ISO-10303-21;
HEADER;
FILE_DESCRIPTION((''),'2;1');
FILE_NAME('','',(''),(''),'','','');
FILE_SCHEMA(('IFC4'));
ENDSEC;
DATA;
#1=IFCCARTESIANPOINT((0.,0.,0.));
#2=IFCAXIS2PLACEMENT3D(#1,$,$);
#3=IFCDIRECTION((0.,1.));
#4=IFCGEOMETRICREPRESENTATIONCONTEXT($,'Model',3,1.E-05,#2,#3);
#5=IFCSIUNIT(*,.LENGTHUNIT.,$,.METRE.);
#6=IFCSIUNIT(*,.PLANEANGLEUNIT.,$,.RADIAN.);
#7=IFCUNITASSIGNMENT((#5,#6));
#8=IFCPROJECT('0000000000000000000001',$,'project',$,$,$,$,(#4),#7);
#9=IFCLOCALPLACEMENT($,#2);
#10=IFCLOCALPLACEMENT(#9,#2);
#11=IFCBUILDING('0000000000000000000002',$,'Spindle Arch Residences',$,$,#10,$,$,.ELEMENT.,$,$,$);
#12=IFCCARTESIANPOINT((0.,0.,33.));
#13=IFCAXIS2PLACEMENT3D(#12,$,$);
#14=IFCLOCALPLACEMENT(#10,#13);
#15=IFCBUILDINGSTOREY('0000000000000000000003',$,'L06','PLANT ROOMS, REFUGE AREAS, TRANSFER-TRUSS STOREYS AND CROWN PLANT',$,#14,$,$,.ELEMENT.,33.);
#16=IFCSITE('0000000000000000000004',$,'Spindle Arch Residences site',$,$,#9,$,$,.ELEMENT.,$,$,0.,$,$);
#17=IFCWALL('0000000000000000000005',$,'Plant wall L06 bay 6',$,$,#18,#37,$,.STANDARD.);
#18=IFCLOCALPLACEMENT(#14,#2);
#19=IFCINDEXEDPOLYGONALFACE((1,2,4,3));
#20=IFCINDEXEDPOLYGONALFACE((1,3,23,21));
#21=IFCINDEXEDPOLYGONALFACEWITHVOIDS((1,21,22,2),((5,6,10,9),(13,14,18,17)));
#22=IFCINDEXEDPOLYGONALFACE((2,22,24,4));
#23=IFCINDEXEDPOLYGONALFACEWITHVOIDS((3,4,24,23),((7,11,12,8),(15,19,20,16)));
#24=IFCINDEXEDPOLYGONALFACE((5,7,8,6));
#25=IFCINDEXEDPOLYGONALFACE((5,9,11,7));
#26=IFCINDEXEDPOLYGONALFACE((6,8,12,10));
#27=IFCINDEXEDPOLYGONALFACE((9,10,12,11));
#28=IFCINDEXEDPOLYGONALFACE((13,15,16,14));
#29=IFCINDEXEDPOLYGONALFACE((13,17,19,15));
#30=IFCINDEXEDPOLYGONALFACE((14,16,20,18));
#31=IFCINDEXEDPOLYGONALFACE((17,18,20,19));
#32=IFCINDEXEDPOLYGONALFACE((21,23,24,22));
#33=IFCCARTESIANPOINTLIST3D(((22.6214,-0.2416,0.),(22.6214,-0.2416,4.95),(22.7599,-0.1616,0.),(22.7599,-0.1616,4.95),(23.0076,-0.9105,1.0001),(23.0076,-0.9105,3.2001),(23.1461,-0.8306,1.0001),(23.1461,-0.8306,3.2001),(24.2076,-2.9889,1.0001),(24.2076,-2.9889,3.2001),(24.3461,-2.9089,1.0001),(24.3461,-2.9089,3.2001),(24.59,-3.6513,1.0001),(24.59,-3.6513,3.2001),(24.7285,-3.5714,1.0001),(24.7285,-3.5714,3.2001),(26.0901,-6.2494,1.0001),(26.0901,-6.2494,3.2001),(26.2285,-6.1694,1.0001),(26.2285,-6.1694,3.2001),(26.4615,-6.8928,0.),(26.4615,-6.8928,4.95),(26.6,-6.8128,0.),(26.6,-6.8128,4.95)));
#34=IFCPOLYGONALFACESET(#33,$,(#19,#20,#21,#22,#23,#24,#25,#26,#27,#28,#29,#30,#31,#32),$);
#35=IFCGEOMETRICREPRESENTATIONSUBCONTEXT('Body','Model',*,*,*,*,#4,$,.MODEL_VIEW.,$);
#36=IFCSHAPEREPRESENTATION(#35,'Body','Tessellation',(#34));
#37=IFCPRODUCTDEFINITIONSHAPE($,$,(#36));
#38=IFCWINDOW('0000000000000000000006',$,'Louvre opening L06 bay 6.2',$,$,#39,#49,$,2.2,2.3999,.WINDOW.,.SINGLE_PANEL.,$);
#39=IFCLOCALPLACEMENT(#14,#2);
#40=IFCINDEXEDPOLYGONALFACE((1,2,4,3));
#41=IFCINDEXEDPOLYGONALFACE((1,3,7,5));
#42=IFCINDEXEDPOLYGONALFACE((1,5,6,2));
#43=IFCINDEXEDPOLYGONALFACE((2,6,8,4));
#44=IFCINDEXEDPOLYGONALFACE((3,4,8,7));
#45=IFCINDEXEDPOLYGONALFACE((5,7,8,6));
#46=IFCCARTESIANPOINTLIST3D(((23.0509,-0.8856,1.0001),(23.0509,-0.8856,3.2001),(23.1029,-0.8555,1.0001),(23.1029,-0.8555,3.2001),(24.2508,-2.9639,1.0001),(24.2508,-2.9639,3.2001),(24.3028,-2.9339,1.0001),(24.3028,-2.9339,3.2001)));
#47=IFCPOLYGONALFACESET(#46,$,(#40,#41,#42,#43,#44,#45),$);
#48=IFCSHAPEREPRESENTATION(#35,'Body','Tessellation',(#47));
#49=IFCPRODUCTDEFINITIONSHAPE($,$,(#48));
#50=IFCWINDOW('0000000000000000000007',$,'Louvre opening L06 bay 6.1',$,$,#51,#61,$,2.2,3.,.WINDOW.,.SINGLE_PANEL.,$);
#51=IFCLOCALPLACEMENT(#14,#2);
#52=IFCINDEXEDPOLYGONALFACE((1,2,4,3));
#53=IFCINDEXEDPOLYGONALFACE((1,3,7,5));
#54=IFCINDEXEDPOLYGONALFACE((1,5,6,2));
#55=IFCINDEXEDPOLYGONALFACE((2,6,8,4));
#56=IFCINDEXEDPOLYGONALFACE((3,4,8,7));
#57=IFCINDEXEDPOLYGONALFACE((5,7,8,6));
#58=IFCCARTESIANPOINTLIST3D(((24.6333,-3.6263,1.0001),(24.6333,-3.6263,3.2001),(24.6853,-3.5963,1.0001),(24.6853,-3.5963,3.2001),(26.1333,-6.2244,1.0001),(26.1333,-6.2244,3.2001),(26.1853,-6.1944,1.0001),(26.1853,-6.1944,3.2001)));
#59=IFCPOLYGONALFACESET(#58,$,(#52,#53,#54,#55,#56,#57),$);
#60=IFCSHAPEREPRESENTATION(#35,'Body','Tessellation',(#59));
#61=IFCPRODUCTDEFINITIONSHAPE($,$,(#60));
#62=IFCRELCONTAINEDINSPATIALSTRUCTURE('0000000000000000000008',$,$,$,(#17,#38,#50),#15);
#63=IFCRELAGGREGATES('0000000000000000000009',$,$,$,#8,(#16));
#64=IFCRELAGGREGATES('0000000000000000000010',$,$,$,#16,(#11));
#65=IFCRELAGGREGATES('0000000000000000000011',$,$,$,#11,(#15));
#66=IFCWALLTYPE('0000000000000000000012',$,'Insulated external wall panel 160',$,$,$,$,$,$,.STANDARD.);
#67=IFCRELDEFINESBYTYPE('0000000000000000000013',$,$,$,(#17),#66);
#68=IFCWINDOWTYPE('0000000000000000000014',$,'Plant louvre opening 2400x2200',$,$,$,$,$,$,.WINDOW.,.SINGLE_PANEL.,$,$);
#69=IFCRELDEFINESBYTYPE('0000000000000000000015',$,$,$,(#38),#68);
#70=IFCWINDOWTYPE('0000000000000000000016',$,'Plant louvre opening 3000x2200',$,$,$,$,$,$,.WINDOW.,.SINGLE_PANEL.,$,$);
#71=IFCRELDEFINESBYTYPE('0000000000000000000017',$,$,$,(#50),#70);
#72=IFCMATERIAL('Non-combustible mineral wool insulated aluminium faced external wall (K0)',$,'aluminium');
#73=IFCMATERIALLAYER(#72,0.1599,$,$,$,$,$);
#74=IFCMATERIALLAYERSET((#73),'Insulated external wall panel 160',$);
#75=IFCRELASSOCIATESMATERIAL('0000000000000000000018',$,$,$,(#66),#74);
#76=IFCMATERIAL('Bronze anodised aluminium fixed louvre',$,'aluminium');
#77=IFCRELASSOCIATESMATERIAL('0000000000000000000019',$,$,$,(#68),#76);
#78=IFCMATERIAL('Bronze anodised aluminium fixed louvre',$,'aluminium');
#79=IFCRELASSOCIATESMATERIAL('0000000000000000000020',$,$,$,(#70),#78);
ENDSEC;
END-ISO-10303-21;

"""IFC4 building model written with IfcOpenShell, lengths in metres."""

from ifc_helpers import new_model, si_unit, direction, frame, frame_2d, origin, place, context, subcontext, project, spatial, rectangle, extrude, material, layer, layer_set, type_object, element, fill, save


model = new_model("IFC4")

# Units and contexts
model_context = context("Model", 3, precision=1e-05, world=origin(), true_north=direction((0.0, 1.0)))
body_context = subcontext(model_context, "Body", "Model", "MODEL_VIEW")
ifc_project = project(units=[si_unit("LENGTHUNIT", "METRE"), si_unit("PLANEANGLEUNIT", "RADIAN")], contexts=[model_context])

# Site, building, storey
site_placement = place(None, origin())
site = spatial("IfcSite", under=ifc_project, at=site_placement, Name="Spindle Arch Residences site", CompositionType="ELEMENT", RefElevation=0.0)
building_placement = place(site_placement, origin())
building = spatial("IfcBuilding", under=site, at=building_placement, Name="Spindle Arch Residences", CompositionType="ELEMENT")
storey_placement = place(building_placement, frame((0.0, 0.0, 33.0)))
storey = spatial("IfcBuildingStorey", under=building, at=storey_placement, Name="L06", Description="PLANT ROOMS, REFUGE AREAS, TRANSFER-TRUSS STOREYS AND CROWN PLANT", CompositionType="ELEMENT", Elevation=33.0)

# Shared definitions
ifc_material_1 = material(Name="Non-combustible mineral wool insulated aluminium faced external wall (K0)", Category="aluminium")
ifc_layer = layer(ifc_material_1, 0.1599)
ifc_layer_set = layer_set([ifc_layer], Name="Insulated external wall panel 160")
wall_type = type_object("IfcWallType", Name="Insulated external wall panel 160", PredefinedType="STANDARD", material=ifc_layer_set)

# Wall, openings, windows
wall_1_placement = place(storey_placement, frame((26.5308, -6.8528, 0.0), z_axis=(0.0, 0.0, 1.0), x_axis=(-0.500006, 0.866022, 0.0)))
wall_1 = element("IfcWall", 1, at=wall_1_placement, inside=storey, type_object=wall_type, Name="Plant wall L06 bay 6", PredefinedType="STANDARD", context=body_context, shape_type="SweptSolid", body=[
    extrude(rectangle(XDim=7.6802, YDim=0.1599, at=frame_2d((3.8401, 0.0))), origin(), (0.0, 0.0, 1.0), 4.95),
])
opening_1_placement = place(wall_1_placement, frame((0.7429, 0.0, 1.0)))
opening_1 = element("IfcOpeningElement", 2, at=opening_1_placement, cuts=wall_1, PredefinedType="OPENING", context=body_context, shape_type="SweptSolid", body=[
    extrude(rectangle(XDim=3.0, YDim=2.2, at=frame_2d((1.5, 1.1001))), frame((0.0, 0.0898, 0.0), z_axis=(0.0, -1.0, 0.0), x_axis=(1.0, 0.0, 0.0)), (0.0, 0.0, 1.0), 0.1799),
])
opening_2_placement = place(wall_1_placement, frame((4.5078, 0.0, 1.0)))
opening_2 = element("IfcOpeningElement", 3, at=opening_2_placement, cuts=wall_1, PredefinedType="OPENING", context=body_context, shape_type="SweptSolid", body=[
    extrude(rectangle(XDim=2.3999, YDim=2.2, at=frame_2d((1.2, 1.1001))), frame((0.0, 0.0898, 0.0), z_axis=(0.0, -1.0, 0.0), x_axis=(1.0, 0.0, 0.0)), (0.0, 0.0, 1.0), 0.1799),
])
ifc_material_2 = material(Name="Bronze anodised aluminium fixed louvre", Category="aluminium")
window_type_1 = type_object("IfcWindowType", Name="Plant louvre opening 2400x2200", PartitioningType="SINGLE_PANEL", PredefinedType="WINDOW", material=ifc_material_2)
window_1_placement = place(opening_2_placement, origin())
window_1 = element("IfcWindow", 4, at=window_1_placement, inside=storey, type_object=window_type_1, Name="Louvre opening L06 bay 6.2", OverallHeight=2.2, OverallWidth=2.3999, PartitioningType="SINGLE_PANEL", PredefinedType="WINDOW", context=body_context, shape_type="SweptSolid", body=[
    extrude(rectangle(XDim=2.3999, YDim=2.2, at=frame_2d((1.2, 1.1001))), frame((0.0, 0.03, 0.0), z_axis=(0.0, -1.0, 0.0), x_axis=(1.0, 0.0, 0.0)), (0.0, 0.0, 1.0), 0.0601),
])
fill(opening_2, window_1)
ifc_material_3 = material(Name="Bronze anodised aluminium fixed louvre", Category="aluminium")
window_type_2 = type_object("IfcWindowType", Name="Plant louvre opening 3000x2200", PartitioningType="SINGLE_PANEL", PredefinedType="WINDOW", material=ifc_material_3)
window_2_placement = place(opening_1_placement, origin())
window_2 = element("IfcWindow", 5, at=window_2_placement, inside=storey, type_object=window_type_2, Name="Louvre opening L06 bay 6.1", OverallHeight=2.2, OverallWidth=3.0, PartitioningType="SINGLE_PANEL", PredefinedType="WINDOW", context=body_context, shape_type="SweptSolid", body=[
    extrude(rectangle(XDim=3.0, YDim=2.2, at=frame_2d((1.5, 1.1001))), frame((0.0, 0.03, 0.0), z_axis=(0.0, -1.0, 0.0), x_axis=(1.0, 0.0, 0.0)), (0.0, 0.0, 1.0), 0.0601),
])
fill(opening_1, window_2)

save(model, "model.ifc")
